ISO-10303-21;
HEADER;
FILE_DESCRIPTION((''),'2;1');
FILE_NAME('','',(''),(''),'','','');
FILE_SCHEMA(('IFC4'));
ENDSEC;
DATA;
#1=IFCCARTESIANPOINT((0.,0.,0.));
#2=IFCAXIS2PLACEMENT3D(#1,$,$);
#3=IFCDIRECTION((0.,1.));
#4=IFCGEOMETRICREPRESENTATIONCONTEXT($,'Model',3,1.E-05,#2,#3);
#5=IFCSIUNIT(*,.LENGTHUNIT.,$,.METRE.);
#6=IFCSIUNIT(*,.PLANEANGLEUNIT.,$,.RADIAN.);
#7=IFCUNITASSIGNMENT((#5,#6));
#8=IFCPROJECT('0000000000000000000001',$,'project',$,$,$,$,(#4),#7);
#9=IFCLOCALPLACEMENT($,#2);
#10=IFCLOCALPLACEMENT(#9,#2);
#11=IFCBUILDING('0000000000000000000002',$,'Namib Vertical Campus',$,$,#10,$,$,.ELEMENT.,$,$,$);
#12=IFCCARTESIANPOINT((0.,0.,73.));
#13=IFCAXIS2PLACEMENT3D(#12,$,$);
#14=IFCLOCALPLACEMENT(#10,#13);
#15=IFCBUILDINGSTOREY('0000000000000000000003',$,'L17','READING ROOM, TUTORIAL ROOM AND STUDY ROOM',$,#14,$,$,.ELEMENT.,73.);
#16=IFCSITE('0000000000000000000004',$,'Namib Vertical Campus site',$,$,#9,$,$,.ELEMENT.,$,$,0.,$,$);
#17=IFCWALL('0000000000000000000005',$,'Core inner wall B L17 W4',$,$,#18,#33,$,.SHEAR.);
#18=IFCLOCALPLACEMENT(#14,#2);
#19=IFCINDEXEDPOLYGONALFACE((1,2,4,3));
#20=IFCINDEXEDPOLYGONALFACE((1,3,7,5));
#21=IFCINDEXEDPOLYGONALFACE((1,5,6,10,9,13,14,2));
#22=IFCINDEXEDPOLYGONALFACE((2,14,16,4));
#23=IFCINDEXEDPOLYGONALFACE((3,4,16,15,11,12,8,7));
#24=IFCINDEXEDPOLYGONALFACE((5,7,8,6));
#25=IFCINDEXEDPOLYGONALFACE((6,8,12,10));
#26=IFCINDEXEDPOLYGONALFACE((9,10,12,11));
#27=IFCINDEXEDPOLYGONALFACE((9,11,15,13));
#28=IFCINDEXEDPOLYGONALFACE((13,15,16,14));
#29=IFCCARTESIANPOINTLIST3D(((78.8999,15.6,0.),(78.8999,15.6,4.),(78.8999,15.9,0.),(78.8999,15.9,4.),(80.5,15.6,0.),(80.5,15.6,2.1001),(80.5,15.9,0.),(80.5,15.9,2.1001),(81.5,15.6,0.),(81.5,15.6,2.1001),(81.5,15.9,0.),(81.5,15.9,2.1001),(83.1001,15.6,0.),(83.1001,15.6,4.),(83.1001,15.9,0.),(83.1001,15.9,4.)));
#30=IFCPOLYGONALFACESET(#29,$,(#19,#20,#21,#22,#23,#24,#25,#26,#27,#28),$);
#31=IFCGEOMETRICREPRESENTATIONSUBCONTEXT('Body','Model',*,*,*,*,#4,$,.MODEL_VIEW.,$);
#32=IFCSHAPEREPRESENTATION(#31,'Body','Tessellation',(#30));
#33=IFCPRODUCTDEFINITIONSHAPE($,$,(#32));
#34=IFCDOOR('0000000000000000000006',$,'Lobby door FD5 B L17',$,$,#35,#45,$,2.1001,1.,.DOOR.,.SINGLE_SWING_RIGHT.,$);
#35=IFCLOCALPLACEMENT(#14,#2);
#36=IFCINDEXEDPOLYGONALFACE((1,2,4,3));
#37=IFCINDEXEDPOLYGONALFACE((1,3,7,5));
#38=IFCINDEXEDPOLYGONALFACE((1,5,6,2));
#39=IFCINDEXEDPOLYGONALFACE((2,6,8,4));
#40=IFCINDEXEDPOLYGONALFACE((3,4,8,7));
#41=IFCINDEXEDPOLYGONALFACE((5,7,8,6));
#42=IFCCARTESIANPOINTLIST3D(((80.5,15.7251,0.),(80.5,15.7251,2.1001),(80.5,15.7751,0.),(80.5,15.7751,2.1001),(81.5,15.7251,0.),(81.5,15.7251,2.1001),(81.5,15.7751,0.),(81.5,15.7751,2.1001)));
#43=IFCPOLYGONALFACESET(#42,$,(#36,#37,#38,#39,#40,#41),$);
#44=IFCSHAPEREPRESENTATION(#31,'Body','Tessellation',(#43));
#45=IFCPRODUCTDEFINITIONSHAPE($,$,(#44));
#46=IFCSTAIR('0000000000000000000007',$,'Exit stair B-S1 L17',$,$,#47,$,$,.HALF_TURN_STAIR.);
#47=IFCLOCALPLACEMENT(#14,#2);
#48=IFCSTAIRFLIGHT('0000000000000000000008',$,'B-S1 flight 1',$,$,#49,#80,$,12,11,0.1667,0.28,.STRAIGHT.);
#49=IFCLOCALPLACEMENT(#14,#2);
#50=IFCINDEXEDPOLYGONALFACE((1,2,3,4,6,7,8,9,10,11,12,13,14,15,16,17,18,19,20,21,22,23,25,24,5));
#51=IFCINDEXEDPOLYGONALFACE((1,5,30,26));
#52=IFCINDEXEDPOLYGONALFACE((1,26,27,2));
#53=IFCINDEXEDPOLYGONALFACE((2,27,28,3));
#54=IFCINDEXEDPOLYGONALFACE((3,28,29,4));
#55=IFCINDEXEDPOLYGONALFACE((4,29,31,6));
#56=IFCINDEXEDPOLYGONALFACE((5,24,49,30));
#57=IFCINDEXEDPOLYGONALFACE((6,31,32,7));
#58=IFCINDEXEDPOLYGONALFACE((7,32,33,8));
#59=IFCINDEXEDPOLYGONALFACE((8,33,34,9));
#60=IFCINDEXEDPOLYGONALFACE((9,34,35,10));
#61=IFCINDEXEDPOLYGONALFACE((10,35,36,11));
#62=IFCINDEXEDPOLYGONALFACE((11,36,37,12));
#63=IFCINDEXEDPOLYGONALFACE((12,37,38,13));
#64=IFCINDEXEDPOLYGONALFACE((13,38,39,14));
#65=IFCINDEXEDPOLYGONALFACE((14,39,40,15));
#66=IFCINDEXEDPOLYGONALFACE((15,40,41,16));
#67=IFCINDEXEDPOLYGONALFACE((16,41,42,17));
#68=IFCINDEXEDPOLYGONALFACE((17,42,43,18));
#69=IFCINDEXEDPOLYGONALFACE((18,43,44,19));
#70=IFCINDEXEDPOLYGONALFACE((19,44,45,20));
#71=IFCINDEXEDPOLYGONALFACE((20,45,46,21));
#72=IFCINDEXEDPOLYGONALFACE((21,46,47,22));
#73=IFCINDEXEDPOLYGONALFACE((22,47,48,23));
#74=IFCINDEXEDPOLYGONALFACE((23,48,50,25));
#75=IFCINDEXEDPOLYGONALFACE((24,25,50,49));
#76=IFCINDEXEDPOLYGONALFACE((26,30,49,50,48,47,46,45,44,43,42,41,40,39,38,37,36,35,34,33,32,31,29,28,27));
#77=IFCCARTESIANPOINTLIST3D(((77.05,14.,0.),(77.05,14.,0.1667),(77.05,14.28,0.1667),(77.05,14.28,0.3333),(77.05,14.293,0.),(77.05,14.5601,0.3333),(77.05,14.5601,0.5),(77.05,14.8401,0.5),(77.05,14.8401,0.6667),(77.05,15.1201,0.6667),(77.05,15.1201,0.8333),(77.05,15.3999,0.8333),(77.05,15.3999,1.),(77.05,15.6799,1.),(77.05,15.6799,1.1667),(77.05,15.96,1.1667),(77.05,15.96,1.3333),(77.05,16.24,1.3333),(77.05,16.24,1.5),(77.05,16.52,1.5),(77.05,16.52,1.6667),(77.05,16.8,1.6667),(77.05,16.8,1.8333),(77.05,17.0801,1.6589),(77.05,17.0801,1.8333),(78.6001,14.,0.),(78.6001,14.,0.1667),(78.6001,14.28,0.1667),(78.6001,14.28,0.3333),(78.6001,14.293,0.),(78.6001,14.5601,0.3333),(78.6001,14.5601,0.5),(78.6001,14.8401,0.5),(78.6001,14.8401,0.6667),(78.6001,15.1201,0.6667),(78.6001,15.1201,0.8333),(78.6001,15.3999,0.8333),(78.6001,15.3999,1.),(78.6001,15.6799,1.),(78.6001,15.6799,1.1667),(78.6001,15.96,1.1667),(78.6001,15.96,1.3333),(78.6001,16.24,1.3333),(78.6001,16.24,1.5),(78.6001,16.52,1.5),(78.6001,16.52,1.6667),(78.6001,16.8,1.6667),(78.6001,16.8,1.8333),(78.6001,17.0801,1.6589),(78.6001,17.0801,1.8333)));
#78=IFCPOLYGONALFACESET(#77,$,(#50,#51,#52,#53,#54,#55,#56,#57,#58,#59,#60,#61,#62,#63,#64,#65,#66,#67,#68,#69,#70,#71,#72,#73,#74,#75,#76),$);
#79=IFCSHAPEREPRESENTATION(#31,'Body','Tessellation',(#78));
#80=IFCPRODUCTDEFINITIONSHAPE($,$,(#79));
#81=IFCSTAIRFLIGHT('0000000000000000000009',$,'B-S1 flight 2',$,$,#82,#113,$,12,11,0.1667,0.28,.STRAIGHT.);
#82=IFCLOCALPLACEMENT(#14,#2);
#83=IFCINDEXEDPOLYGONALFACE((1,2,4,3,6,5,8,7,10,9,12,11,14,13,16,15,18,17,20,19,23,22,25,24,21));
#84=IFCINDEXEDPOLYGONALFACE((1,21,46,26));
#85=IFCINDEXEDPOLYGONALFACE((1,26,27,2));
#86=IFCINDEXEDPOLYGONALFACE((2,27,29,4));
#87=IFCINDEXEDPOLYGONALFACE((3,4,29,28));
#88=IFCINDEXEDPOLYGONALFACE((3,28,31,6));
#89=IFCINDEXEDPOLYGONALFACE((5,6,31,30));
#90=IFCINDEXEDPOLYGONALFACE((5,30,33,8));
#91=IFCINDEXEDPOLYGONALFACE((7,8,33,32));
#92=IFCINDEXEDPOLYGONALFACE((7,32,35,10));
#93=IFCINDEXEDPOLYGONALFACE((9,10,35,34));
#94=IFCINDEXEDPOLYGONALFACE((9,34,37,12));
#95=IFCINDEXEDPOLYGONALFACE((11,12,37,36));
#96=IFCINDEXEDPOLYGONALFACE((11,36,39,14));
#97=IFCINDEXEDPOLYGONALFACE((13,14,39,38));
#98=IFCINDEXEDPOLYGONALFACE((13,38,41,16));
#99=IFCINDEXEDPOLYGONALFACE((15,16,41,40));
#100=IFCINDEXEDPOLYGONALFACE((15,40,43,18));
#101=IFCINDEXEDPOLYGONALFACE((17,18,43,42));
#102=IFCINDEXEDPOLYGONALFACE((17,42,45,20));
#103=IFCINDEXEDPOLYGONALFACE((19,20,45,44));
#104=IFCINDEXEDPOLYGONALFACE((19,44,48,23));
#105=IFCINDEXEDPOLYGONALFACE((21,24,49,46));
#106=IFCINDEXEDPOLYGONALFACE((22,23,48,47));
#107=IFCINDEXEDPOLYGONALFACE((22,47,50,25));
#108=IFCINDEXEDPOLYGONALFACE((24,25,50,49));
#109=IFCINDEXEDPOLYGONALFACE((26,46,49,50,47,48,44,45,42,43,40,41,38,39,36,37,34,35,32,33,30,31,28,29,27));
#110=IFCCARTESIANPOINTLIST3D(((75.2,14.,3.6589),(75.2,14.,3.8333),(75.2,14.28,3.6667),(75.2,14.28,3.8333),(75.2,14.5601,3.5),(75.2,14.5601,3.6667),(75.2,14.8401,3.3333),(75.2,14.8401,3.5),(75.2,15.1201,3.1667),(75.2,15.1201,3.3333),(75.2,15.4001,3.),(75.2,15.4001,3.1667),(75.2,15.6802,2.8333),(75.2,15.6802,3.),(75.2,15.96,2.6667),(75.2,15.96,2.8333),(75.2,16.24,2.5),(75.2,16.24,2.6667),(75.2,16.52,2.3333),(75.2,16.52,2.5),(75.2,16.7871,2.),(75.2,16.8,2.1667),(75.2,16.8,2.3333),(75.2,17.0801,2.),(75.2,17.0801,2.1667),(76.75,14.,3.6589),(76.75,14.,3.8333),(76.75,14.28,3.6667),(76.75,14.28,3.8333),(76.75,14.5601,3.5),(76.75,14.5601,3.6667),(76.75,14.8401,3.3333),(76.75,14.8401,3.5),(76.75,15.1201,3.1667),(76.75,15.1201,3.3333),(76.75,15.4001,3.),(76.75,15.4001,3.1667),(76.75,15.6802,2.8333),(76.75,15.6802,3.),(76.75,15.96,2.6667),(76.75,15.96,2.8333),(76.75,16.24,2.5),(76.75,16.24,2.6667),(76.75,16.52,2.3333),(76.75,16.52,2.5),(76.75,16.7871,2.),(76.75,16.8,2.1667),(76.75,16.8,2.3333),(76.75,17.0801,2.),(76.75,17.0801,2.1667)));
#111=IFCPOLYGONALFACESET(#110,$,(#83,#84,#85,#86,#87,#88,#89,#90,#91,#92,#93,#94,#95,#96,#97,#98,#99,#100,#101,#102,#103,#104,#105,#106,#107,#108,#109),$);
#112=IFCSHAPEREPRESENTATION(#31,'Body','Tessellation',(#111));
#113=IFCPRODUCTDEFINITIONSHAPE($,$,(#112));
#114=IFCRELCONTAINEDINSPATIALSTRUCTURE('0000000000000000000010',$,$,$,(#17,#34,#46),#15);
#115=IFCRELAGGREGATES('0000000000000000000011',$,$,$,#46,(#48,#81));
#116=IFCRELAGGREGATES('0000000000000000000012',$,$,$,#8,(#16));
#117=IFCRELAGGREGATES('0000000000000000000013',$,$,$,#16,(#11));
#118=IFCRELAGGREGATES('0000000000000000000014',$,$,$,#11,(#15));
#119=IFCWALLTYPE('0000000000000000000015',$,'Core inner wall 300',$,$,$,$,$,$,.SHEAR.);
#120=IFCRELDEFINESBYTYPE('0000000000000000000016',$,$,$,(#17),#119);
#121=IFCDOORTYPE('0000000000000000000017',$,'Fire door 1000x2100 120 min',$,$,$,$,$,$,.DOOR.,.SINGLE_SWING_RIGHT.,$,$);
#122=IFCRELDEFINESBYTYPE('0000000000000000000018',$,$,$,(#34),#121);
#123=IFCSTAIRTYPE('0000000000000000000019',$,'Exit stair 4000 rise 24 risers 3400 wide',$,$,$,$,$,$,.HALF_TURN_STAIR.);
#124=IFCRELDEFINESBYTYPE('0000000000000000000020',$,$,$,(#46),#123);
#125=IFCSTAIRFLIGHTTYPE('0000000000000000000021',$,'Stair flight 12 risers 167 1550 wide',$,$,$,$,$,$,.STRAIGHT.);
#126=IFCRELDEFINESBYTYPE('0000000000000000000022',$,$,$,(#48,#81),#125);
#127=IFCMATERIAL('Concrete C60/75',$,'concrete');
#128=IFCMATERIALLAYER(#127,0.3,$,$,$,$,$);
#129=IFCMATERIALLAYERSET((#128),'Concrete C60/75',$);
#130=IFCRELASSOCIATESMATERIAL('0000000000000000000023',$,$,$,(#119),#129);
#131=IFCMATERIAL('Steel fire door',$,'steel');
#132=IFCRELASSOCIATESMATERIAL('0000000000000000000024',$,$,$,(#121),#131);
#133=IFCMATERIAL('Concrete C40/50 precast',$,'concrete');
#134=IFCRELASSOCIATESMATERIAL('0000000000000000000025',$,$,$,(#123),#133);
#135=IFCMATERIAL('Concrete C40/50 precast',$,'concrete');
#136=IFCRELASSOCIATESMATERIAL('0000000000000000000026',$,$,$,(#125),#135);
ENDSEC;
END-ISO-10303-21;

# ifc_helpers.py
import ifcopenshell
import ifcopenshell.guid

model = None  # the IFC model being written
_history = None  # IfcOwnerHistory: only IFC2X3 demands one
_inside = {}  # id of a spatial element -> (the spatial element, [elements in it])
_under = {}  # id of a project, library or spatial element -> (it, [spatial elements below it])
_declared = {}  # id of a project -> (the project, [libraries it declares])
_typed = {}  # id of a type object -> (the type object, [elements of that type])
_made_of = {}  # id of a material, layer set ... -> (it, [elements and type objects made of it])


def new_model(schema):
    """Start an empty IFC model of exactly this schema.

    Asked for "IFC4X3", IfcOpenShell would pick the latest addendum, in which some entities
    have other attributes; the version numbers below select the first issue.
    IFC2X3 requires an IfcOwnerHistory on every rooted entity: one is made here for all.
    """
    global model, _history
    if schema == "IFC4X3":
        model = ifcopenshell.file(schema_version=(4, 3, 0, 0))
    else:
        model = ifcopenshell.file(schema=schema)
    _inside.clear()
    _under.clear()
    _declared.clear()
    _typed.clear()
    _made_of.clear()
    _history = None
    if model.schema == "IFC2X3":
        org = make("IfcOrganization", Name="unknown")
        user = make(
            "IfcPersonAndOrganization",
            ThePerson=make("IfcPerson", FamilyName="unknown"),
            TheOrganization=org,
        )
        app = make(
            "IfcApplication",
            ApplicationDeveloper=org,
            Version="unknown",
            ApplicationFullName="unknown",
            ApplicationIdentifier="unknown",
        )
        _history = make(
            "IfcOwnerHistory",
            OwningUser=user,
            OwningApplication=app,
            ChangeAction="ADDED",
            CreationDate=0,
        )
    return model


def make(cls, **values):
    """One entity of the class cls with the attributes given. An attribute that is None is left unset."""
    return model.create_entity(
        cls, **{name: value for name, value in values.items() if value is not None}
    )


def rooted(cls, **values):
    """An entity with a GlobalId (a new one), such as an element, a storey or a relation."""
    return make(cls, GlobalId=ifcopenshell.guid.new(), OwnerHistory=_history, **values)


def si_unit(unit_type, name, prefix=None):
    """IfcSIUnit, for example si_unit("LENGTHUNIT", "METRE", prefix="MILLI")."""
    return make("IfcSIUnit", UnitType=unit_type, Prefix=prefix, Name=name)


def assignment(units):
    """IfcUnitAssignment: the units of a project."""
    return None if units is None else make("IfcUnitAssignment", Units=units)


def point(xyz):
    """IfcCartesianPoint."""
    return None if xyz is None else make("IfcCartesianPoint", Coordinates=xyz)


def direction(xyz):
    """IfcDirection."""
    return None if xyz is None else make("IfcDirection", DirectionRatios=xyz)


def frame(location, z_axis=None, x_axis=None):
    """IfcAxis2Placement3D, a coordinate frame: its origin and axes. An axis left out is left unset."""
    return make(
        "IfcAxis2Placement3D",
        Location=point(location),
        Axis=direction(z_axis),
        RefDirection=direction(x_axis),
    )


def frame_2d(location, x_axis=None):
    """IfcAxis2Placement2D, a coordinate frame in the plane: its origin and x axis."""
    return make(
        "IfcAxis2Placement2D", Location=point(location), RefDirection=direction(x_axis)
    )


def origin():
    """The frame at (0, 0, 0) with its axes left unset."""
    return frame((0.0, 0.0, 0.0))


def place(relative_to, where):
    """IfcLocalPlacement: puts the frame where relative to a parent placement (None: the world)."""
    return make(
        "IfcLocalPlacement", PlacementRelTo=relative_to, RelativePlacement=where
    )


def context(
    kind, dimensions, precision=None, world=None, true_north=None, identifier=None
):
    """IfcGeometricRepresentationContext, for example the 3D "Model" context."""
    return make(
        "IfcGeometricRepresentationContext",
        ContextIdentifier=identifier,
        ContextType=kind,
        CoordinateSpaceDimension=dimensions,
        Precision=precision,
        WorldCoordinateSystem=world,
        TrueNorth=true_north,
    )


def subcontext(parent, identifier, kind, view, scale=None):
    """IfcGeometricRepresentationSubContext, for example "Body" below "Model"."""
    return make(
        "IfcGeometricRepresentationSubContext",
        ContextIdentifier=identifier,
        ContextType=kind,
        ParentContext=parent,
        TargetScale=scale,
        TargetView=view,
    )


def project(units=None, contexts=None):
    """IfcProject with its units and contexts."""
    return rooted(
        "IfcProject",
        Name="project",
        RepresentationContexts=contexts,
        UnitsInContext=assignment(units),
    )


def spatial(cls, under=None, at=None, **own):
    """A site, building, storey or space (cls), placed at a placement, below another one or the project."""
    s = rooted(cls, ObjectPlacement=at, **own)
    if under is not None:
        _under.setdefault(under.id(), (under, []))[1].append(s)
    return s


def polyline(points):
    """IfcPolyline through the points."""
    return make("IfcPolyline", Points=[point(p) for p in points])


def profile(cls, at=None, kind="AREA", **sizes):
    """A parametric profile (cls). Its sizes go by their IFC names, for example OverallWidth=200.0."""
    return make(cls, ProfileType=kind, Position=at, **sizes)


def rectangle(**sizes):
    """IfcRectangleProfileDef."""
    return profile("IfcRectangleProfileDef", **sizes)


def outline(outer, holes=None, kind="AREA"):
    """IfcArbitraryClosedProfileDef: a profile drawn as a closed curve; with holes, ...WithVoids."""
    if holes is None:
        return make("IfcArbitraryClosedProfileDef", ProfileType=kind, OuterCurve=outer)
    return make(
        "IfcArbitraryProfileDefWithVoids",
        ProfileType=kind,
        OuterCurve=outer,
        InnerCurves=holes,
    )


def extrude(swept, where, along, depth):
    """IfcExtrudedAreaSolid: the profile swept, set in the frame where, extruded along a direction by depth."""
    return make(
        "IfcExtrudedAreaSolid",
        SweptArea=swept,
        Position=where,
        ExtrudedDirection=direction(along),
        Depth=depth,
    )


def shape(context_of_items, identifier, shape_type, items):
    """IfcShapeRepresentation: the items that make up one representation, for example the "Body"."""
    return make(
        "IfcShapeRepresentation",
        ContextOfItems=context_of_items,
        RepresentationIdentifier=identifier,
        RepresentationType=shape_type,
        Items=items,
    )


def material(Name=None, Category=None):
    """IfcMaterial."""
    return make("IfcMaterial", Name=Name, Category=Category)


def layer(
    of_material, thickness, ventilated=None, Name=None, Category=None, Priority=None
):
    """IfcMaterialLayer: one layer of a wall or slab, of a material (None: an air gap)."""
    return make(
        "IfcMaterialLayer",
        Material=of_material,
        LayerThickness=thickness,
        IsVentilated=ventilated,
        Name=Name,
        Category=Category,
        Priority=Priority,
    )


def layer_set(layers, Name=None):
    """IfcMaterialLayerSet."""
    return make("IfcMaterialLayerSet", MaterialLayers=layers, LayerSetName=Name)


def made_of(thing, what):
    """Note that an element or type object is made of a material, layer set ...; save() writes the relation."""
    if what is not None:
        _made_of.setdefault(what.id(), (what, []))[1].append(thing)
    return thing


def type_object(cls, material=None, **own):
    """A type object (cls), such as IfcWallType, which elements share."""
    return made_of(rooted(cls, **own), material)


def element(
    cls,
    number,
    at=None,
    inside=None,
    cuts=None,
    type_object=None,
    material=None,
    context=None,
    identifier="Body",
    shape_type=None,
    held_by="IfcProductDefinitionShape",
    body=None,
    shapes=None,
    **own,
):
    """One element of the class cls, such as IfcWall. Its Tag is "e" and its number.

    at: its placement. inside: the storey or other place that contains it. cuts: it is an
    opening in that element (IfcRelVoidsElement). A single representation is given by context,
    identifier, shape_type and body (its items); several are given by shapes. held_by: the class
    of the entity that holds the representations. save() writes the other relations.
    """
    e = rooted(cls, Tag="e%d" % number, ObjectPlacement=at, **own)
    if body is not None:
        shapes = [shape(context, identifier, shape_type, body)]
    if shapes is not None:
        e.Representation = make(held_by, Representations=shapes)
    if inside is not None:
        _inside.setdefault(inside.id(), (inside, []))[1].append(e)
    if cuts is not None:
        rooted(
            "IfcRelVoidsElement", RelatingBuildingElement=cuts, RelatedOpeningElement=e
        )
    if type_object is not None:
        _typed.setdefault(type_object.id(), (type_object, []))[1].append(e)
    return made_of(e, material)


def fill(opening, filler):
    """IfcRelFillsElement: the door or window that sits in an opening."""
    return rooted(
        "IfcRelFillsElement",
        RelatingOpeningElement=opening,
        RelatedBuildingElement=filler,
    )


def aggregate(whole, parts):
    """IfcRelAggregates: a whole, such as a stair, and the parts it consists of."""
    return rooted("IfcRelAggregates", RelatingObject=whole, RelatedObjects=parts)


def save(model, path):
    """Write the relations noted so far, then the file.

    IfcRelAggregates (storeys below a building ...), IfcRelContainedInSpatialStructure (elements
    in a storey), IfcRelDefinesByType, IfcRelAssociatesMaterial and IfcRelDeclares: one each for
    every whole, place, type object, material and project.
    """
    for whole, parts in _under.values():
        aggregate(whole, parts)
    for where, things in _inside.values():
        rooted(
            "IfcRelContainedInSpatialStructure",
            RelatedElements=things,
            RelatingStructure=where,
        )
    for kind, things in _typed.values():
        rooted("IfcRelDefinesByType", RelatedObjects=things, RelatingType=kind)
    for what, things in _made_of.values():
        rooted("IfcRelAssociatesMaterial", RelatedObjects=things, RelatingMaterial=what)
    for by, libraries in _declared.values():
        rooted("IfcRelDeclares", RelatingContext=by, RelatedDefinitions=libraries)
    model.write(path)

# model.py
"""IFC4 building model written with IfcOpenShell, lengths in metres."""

from ifc_helpers import new_model, si_unit, direction, frame, frame_2d, origin, place, context, subcontext, project, spatial, polyline, rectangle, outline, extrude, material, layer, layer_set, type_object, element, fill, aggregate, save


model = new_model("IFC4")

# Units and contexts
model_context = context("Model", 3, precision=1e-05, world=origin(), true_north=direction((0.0, 1.0)))
body_context = subcontext(model_context, "Body", "Model", "MODEL_VIEW")
ifc_project = project(units=[si_unit("LENGTHUNIT", "METRE"), si_unit("PLANEANGLEUNIT", "RADIAN")], contexts=[model_context])

# Site, building, storey
site_placement = place(None, origin())
site = spatial("IfcSite", under=ifc_project, at=site_placement, Name="Namib Vertical Campus site", CompositionType="ELEMENT", RefElevation=0.0)
building_placement = place(site_placement, origin())
building = spatial("IfcBuilding", under=site, at=building_placement, Name="Namib Vertical Campus", CompositionType="ELEMENT")
storey_placement = place(building_placement, frame((0.0, 0.0, 73.0)))
storey = spatial("IfcBuildingStorey", under=building, at=storey_placement, Name="L17", Description="READING ROOM, TUTORIAL ROOM AND STUDY ROOM", CompositionType="ELEMENT", Elevation=73.0)

# Shared definitions
ifc_material_1 = material(Name="Concrete C60/75", Category="concrete")
ifc_layer = layer(ifc_material_1, 0.3)
ifc_layer_set = layer_set([ifc_layer], Name="Concrete C60/75")
wall_type = type_object("IfcWallType", Name="Core inner wall 300", PredefinedType="SHEAR", material=ifc_layer_set)

# Wall, opening, door
wall_1_placement = place(storey_placement, frame((78.8999, 15.75, 0.0), z_axis=(0.0, 0.0, 1.0), x_axis=(1.0, 0.0, 0.0)))
wall_1 = element("IfcWall", 1, at=wall_1_placement, inside=storey, type_object=wall_type, Name="Core inner wall B L17 W4", PredefinedType="SHEAR", context=body_context, shape_type="SweptSolid", body=[
    extrude(rectangle(XDim=4.2002, YDim=0.3, at=frame_2d((2.1001, 0.0))), origin(), (0.0, 0.0, 1.0), 4.0),
])
opening_1_placement = place(wall_1_placement, frame((1.6001, 0.0, 0.0)))
opening_1 = element("IfcOpeningElement", 2, at=opening_1_placement, cuts=wall_1, PredefinedType="OPENING", context=body_context, shape_type="SweptSolid", body=[
    extrude(rectangle(XDim=1.0, YDim=2.1001, at=frame_2d((0.5, 1.05))), frame((0.0, 0.1599, 0.0), z_axis=(0.0, -1.0, 0.0), x_axis=(1.0, 0.0, 0.0)), (0.0, 0.0, 1.0), 0.3201),
])
ifc_material_2 = material(Name="Steel fire door", Category="steel")
door_type_1 = type_object("IfcDoorType", Name="Fire door 1000x2100 120 min", OperationType="SINGLE_SWING_RIGHT", PredefinedType="DOOR", material=ifc_material_2)
door_1_placement = place(opening_1_placement, frame((1.0, 0.0, 0.0), z_axis=(0.0, 0.0, 1.0), x_axis=(-1.0, 0.0, 0.0)))
door_1 = element("IfcDoor", 3, at=door_1_placement, inside=storey, type_object=door_type_1, Name="Lobby door FD5 B L17", OperationType="SINGLE_SWING_RIGHT", OverallHeight=2.1001, OverallWidth=1.0, PredefinedType="DOOR", context=body_context, shape_type="SweptSolid", body=[
    extrude(rectangle(XDim=1.0, YDim=2.1001, at=frame_2d((0.5, 1.05))), frame((0.0, 0.0249, 0.0), z_axis=(0.0, -1.0, 0.0), x_axis=(1.0, 0.0, 0.0)), (0.0, 0.0, 1.0), 0.05),
])
fill(opening_1, door_1)

# Stair, stair flights
ifc_material_3 = material(Name="Concrete C40/50 precast", Category="concrete")
stair_type = type_object("IfcStairType", Name="Exit stair 4000 rise 24 risers 3400 wide", PredefinedType="HALF_TURN_STAIR", material=ifc_material_3)
stair_placement = place(storey_placement, origin())
stair = element("IfcStair", 4, at=stair_placement, inside=storey, type_object=stair_type, Name="Exit stair B-S1 L17", PredefinedType="HALF_TURN_STAIR")
ifc_material_4 = material(Name="Concrete C40/50 precast", Category="concrete")
stair_flight_type = type_object("IfcStairFlightType", Name="Stair flight 12 risers 167 1550 wide", PredefinedType="STRAIGHT", material=ifc_material_4)
stair_flight_1_placement = place(storey_placement, frame((77.825, 14.0, 0.0), z_axis=(0.0, 0.0, 1.0), x_axis=(0.0, 1.0, 0.0)))
stair_flight_1 = element("IfcStairFlight", 5, at=stair_flight_1_placement, type_object=stair_flight_type, Name="B-S1 flight 1", NumberOfRisers=12, NumberOfTreads=11, PredefinedType="STRAIGHT", RiserHeight=0.1667, TreadLength=0.28, context=body_context, shape_type="SweptSolid", body=[
    extrude(outline(polyline([(0.0, 0.0), (0.0, 0.1667), (0.28, 0.1667), (0.28, 0.3333), (0.5601, 0.3333), (0.5601, 0.5), (0.8401, 0.5), (0.8401, 0.6667), (1.1201, 0.6667), (1.1201, 0.8333), (1.3999, 0.8333), (1.3999, 1.0), (1.6799, 1.0), (1.6799, 1.1667), (1.96, 1.1667), (1.96, 1.3333), (2.24, 1.3333), (2.24, 1.5), (2.52, 1.5), (2.52, 1.6667), (2.8, 1.6667), (2.8, 1.8333), (3.0801, 1.8333), (3.0801, 2.0), (3.0801, 1.6589), (0.293, 0.0), (0.0, 0.0)])), frame((0.0, 0.7749, 0.0), z_axis=(0.0, -1.0, 0.0), x_axis=(1.0, 0.0, 0.0)), (0.0, 0.0, 1.0), 1.55),
])
stair_flight_2_placement = place(storey_placement, frame((75.9751, 17.0801, 2.0), z_axis=(0.0, 0.0, 1.0), x_axis=(0.0, -1.0, 0.0)))
stair_flight_2 = element("IfcStairFlight", 6, at=stair_flight_2_placement, type_object=stair_flight_type, Name="B-S1 flight 2", NumberOfRisers=12, NumberOfTreads=11, PredefinedType="STRAIGHT", RiserHeight=0.1667, TreadLength=0.28, context=body_context, shape_type="SweptSolid", body=[
    extrude(outline(polyline([(0.0, 0.0), (0.0, 0.1667), (0.28, 0.1667), (0.28, 0.3333), (0.5601, 0.3333), (0.5601, 0.5), (0.8401, 0.5), (0.8401, 0.6667), (1.1201, 0.6667), (1.1201, 0.8333), (1.3999, 0.8333), (1.3999, 1.0), (1.6799, 1.0), (1.6799, 1.1667), (1.96, 1.1667), (1.96, 1.3333), (2.24, 1.3333), (2.24, 1.5), (2.52, 1.5), (2.52, 1.6667), (2.8, 1.6667), (2.8, 1.8333), (3.0801, 1.8333), (3.0801, 2.0), (3.0801, 1.6589), (0.293, 0.0), (0.0, 0.0)])), frame((0.0, 0.7749, 0.0), z_axis=(0.0, -1.0, 0.0), x_axis=(1.0, 0.0, 0.0)), (0.0, 0.0, 1.0), 1.55),
])
aggregate(stair, [stair_flight_1, stair_flight_2])

save(model, "model.ifc")
